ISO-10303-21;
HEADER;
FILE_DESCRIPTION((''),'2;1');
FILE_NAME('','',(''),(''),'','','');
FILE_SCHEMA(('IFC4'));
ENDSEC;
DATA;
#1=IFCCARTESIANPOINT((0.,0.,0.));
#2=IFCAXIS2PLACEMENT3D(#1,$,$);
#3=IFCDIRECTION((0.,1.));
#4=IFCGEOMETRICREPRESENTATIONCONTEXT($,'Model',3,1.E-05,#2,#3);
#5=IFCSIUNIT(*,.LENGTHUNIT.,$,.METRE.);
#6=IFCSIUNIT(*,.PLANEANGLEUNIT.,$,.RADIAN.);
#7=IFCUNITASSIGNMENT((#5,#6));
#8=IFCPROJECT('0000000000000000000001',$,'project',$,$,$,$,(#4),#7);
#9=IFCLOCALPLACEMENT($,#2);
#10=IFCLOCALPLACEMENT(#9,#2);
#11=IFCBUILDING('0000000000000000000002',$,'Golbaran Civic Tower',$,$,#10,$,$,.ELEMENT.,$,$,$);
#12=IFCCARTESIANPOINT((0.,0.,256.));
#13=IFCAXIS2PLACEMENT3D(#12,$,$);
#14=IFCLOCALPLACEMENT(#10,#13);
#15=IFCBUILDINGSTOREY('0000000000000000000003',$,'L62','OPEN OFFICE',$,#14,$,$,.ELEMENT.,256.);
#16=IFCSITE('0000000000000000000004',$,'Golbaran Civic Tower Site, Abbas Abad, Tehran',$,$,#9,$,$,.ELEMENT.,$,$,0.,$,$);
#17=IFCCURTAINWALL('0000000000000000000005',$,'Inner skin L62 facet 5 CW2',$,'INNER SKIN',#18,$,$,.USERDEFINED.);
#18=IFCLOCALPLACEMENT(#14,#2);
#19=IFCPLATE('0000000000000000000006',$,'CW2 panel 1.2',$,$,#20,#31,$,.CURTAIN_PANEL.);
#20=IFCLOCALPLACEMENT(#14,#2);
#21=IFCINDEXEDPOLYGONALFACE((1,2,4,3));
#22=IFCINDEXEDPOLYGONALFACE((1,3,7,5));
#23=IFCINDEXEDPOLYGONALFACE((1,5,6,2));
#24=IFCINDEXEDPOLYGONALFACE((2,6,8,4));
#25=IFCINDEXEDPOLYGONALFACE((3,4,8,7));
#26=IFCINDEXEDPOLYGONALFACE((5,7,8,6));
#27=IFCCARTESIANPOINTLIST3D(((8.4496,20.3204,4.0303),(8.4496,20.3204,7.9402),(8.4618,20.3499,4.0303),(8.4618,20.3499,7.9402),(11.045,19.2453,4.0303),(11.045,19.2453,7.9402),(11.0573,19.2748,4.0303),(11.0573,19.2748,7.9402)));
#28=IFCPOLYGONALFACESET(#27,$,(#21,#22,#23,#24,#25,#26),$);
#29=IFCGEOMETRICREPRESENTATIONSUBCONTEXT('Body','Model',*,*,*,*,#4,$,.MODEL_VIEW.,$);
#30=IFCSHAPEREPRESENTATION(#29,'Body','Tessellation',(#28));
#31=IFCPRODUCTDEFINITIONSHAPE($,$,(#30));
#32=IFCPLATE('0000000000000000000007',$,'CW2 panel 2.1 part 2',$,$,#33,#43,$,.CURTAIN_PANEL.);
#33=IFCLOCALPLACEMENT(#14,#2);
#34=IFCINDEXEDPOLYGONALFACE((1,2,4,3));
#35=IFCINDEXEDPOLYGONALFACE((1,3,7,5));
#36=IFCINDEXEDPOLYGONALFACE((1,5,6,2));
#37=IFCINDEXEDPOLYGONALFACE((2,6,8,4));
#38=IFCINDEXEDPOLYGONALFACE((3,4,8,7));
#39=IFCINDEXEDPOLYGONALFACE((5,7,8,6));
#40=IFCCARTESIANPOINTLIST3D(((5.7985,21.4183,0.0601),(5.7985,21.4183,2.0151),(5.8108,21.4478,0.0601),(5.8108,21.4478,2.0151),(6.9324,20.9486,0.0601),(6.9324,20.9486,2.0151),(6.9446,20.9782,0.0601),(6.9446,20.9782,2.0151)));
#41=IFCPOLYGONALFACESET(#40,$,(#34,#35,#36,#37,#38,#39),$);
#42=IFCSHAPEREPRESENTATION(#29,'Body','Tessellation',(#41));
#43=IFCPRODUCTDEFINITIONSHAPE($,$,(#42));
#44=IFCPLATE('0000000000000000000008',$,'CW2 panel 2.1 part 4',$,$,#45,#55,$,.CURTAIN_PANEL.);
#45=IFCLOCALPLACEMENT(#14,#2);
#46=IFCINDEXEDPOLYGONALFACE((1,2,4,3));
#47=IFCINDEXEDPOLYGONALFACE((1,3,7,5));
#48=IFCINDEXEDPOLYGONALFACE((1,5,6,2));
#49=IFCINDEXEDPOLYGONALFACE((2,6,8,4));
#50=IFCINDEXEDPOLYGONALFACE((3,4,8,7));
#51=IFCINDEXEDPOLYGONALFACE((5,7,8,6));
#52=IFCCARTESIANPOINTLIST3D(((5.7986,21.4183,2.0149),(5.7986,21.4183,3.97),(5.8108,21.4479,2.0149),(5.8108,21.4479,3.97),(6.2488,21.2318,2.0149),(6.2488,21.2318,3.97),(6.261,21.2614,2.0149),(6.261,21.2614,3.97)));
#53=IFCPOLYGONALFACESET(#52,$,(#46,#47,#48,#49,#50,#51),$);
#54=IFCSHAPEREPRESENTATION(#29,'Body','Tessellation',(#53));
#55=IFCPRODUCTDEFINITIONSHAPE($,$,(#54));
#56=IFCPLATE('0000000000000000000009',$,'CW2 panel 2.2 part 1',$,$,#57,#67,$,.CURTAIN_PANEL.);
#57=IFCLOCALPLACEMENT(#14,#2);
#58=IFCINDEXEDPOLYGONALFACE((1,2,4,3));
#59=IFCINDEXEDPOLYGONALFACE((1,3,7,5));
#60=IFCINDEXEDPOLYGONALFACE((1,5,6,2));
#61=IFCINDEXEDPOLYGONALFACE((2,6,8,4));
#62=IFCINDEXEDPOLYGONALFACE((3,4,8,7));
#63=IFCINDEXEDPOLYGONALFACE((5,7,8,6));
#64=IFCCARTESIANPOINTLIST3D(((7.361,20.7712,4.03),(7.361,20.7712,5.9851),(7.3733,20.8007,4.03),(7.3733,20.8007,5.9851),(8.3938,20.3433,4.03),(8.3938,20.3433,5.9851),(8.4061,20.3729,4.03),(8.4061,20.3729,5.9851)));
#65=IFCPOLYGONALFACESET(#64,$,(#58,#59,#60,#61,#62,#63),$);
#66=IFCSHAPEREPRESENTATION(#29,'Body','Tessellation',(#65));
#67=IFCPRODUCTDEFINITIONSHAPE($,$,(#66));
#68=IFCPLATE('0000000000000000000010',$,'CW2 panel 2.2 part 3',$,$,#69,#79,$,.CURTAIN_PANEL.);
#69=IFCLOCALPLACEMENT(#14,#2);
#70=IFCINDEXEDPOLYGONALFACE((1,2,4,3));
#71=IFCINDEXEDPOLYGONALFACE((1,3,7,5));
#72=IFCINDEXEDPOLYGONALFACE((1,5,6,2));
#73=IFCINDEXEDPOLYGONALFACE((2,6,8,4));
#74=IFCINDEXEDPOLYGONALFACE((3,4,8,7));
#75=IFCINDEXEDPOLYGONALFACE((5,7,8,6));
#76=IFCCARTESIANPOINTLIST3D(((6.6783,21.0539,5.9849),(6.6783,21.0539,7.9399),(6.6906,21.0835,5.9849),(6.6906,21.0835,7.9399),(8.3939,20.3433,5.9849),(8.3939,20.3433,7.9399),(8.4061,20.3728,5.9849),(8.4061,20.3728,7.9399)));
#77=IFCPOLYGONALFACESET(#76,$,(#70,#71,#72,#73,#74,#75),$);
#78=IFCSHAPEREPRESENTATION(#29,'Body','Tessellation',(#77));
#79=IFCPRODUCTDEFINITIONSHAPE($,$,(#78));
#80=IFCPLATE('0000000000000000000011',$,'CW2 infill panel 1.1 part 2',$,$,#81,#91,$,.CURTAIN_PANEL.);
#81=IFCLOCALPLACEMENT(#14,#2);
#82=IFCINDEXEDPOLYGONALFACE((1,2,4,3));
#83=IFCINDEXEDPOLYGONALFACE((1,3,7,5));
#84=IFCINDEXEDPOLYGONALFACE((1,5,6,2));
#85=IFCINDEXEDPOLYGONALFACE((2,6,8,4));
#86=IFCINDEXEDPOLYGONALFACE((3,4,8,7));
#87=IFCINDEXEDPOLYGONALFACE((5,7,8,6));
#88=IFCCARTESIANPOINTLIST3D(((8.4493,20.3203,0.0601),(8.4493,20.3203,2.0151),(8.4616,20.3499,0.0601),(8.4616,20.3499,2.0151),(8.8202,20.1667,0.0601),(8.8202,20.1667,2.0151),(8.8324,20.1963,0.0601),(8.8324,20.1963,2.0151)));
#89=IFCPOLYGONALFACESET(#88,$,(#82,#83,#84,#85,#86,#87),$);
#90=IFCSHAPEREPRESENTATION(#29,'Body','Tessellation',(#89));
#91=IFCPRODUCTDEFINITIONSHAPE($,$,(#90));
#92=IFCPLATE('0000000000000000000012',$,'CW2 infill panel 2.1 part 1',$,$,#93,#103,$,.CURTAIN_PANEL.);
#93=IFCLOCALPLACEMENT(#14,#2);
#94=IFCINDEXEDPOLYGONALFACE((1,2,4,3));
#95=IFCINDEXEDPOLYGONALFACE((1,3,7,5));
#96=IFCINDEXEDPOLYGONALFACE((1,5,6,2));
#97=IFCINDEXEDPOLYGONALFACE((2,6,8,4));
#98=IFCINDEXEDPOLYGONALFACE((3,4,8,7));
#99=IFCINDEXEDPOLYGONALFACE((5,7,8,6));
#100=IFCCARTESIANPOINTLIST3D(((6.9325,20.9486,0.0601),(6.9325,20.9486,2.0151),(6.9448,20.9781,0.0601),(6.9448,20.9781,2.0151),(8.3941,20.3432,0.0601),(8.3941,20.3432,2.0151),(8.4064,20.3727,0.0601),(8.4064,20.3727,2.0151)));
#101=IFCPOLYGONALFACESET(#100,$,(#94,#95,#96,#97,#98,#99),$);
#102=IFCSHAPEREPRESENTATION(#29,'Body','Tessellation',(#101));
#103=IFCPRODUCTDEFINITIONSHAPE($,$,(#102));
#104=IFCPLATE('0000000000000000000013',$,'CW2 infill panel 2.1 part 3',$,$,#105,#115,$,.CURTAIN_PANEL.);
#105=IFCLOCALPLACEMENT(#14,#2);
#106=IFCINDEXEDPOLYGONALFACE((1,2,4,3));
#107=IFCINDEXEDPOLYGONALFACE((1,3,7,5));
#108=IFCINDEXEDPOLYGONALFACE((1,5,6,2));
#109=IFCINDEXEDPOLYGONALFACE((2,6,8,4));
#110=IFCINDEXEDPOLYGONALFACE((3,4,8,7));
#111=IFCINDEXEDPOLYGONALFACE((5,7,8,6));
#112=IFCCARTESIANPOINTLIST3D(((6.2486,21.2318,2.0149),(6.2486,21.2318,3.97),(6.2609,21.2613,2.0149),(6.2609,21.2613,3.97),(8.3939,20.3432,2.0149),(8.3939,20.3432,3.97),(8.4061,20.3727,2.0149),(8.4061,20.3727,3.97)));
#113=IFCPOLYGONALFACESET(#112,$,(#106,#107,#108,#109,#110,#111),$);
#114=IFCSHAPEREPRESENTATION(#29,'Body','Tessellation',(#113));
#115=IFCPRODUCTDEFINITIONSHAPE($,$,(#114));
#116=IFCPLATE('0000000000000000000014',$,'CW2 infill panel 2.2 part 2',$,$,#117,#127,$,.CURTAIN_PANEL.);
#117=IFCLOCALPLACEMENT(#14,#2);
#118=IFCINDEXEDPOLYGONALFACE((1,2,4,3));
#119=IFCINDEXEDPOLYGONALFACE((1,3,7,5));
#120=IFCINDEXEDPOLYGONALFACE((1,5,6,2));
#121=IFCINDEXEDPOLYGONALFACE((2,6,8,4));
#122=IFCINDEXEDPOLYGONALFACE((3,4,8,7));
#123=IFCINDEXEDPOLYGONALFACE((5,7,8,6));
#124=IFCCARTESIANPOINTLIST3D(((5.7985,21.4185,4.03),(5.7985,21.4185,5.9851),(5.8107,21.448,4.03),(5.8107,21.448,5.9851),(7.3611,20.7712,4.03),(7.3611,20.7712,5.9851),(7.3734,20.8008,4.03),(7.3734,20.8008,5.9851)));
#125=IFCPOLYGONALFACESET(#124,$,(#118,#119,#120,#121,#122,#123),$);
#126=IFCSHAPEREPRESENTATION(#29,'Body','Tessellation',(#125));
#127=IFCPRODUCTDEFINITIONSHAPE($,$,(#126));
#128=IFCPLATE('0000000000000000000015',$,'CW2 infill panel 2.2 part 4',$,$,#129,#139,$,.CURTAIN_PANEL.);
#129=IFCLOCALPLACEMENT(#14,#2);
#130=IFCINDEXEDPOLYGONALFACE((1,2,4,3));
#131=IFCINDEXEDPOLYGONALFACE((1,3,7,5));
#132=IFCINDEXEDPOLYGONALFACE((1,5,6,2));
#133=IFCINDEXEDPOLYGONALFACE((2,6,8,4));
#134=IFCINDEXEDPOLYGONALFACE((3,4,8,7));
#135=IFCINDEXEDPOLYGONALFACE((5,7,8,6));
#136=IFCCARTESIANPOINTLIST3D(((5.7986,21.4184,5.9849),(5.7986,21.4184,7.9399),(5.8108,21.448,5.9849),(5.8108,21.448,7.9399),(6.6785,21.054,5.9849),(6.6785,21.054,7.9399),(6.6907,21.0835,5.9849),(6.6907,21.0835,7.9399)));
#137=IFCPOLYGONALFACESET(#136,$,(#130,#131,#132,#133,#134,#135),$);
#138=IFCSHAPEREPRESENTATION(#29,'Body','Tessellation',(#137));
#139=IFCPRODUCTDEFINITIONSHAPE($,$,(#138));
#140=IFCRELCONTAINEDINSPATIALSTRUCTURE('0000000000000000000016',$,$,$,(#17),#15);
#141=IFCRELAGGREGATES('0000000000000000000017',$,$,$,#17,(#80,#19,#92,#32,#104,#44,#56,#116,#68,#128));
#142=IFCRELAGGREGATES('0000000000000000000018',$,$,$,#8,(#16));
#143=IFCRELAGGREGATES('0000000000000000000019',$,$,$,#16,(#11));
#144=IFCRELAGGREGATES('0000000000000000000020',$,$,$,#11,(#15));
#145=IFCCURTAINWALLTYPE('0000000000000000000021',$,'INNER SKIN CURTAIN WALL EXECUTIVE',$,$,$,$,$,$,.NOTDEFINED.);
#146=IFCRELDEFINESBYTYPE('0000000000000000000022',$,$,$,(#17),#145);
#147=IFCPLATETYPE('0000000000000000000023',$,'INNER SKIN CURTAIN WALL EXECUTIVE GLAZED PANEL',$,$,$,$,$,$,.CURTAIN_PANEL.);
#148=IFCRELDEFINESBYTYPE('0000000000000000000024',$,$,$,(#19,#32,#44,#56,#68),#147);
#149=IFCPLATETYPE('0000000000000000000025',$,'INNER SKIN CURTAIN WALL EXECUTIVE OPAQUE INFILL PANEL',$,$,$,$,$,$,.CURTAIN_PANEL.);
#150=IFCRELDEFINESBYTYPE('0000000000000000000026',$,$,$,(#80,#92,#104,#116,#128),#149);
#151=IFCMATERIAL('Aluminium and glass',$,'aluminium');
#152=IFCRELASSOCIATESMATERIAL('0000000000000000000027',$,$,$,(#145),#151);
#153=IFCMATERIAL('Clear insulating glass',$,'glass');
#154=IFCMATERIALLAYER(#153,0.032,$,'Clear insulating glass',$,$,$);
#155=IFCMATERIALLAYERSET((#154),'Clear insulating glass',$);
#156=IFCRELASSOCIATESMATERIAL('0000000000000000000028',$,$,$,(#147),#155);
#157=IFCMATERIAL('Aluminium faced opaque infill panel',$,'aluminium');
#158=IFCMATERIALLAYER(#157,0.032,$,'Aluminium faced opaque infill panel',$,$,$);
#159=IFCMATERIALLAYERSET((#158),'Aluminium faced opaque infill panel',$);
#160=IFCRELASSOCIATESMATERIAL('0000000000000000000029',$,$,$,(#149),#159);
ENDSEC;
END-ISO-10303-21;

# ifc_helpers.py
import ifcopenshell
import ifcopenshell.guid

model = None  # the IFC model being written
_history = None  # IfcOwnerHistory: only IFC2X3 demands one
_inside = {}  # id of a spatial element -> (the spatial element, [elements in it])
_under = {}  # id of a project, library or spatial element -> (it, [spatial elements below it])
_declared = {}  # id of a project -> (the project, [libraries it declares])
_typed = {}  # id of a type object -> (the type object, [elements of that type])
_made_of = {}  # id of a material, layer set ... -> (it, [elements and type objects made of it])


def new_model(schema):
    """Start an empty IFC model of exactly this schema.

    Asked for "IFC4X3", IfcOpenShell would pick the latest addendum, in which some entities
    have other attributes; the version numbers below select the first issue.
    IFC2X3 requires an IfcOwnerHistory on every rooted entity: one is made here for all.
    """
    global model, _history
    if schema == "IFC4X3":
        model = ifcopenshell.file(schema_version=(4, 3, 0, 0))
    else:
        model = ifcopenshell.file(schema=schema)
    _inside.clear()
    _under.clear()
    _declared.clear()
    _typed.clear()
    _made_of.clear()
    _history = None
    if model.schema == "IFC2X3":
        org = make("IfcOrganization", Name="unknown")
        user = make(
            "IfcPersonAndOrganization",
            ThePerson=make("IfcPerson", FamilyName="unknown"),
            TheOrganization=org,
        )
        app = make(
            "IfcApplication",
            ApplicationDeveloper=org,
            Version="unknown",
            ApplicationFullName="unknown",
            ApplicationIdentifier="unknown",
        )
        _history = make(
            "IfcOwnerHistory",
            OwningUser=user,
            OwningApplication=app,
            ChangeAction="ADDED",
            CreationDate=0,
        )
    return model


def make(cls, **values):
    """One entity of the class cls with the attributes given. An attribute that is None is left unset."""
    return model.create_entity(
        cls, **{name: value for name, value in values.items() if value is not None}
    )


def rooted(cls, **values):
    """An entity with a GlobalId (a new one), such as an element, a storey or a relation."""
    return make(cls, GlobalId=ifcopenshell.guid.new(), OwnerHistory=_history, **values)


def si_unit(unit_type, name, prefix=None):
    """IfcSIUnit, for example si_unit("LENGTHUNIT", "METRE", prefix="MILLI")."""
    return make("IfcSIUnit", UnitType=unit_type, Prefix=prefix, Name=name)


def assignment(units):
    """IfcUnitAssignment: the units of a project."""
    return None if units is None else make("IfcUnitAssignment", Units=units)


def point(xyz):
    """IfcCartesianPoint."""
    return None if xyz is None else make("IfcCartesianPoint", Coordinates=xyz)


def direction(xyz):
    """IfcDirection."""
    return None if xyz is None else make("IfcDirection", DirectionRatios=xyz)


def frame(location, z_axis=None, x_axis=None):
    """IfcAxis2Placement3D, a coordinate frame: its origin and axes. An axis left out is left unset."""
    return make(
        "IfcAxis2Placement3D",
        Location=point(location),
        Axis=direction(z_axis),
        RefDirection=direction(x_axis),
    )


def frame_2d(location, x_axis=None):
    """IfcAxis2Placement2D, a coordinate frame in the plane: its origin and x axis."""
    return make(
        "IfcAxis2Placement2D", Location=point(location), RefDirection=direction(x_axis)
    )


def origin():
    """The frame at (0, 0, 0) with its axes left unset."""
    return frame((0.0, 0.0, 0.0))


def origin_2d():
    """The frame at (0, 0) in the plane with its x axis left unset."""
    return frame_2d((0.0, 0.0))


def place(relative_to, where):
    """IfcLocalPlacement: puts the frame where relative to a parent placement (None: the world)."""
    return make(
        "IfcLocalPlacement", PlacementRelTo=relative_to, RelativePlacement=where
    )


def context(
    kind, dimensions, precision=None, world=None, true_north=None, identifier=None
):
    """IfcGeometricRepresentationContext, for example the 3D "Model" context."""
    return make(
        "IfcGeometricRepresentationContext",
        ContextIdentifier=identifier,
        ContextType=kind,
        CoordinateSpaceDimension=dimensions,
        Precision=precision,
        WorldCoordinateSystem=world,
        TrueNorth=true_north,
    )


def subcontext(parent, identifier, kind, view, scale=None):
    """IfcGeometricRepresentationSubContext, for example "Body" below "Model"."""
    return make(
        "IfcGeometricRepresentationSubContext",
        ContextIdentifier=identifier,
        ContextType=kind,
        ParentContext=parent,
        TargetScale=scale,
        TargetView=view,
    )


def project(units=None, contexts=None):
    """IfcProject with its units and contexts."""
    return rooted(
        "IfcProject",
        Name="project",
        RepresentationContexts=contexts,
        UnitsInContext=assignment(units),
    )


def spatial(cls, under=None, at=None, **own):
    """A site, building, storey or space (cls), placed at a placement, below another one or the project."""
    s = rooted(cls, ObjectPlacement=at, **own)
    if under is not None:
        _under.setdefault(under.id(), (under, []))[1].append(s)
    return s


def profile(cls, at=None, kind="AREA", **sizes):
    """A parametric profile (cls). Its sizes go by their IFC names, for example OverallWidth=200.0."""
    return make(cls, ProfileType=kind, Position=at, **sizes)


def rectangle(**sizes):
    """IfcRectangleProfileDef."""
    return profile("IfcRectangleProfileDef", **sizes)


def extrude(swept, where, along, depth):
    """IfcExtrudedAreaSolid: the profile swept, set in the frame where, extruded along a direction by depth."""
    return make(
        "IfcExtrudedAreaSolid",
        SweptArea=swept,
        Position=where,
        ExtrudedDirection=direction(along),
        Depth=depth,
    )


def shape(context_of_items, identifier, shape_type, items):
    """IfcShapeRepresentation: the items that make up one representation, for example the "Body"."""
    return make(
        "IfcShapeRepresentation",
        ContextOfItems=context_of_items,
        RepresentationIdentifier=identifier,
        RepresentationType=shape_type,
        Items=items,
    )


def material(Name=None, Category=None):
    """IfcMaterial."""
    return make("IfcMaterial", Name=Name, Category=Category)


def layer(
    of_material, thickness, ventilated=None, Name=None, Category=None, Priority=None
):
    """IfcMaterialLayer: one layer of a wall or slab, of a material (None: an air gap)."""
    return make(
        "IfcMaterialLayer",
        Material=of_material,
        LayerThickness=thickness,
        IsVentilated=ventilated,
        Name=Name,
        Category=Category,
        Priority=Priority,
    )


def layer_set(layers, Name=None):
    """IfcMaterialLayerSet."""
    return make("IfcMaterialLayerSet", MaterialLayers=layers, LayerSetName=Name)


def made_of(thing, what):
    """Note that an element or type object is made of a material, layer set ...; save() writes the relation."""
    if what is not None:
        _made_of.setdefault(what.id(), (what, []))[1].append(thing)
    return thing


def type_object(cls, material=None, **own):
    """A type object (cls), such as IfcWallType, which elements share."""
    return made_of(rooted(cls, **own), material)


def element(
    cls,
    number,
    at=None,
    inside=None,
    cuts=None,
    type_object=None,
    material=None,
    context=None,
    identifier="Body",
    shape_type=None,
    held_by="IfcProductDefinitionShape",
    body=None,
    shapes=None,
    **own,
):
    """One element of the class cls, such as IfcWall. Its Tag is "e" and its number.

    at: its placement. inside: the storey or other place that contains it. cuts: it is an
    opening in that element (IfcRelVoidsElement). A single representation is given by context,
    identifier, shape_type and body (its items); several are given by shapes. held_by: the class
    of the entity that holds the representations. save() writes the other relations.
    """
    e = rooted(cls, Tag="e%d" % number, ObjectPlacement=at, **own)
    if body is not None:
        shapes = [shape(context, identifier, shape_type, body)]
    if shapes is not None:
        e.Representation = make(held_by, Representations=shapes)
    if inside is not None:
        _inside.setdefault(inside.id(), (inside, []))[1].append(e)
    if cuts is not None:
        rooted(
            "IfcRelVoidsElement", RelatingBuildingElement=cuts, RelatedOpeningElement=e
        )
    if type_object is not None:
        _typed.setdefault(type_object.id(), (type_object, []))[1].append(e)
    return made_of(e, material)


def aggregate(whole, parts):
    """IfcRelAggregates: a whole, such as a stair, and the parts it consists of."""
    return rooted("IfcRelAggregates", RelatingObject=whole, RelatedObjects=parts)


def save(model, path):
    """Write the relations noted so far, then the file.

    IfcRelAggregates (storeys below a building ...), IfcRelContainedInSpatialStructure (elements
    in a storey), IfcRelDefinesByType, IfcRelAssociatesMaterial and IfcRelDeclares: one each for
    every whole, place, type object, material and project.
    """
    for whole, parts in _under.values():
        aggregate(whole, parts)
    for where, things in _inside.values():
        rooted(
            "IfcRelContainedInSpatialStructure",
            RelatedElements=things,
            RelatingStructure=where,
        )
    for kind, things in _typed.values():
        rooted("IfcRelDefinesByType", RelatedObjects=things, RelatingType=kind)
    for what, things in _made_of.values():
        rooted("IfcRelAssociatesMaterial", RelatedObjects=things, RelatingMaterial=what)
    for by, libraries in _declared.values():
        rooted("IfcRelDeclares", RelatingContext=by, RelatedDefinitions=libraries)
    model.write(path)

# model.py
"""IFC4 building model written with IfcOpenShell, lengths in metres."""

from ifc_helpers import new_model, si_unit, direction, frame, origin, origin_2d, place, context, subcontext, project, spatial, rectangle, extrude, material, layer, layer_set, type_object, element, aggregate, save


model = new_model("IFC4")

# Units and contexts
model_context = context("Model", 3, precision=1e-05, world=origin(), true_north=direction((0.0, 1.0)))
body_context = subcontext(model_context, "Body", "Model", "MODEL_VIEW")
ifc_project = project(units=[si_unit("LENGTHUNIT", "METRE"), si_unit("PLANEANGLEUNIT", "RADIAN")], contexts=[model_context])

# Site, building, storey
site_placement = place(None, origin())
site = spatial("IfcSite", under=ifc_project, at=site_placement, Name="Golbaran Civic Tower Site, Abbas Abad, Tehran", CompositionType="ELEMENT", RefElevation=0.0)
building_placement = place(site_placement, origin())
building = spatial("IfcBuilding", under=site, at=building_placement, Name="Golbaran Civic Tower", CompositionType="ELEMENT")
storey_placement = place(building_placement, frame((0.0, 0.0, 256.0)))
storey = spatial("IfcBuildingStorey", under=building, at=storey_placement, Name="L62", Description="OPEN OFFICE", CompositionType="ELEMENT", Elevation=256.0)

# Curtain wall
ifc_material_1 = material(Name="Aluminium and glass", Category="aluminium")
curtain_wall_type = type_object("IfcCurtainWallType", Name="INNER SKIN CURTAIN WALL EXECUTIVE", PredefinedType="NOTDEFINED", material=ifc_material_1)
curtain_wall_1_placement = place(storey_placement, origin())
curtain_wall_1 = element("IfcCurtainWall", 1, at=curtain_wall_1_placement, inside=storey, type_object=curtain_wall_type, Name="Inner skin L62 facet 5 CW2", ObjectType="INNER SKIN", PredefinedType="USERDEFINED")

# Plates
ifc_material_2 = material(Name="Clear insulating glass", Category="glass")
ifc_layer_1 = layer(ifc_material_2, 0.032, Name="Clear insulating glass")
ifc_layer_set_1 = layer_set([ifc_layer_1], Name="Clear insulating glass")
plate_type_1 = type_object("IfcPlateType", Name="INNER SKIN CURTAIN WALL EXECUTIVE GLAZED PANEL", PredefinedType="CURTAIN_PANEL", material=ifc_layer_set_1)
plate_1_placement = place(storey_placement, frame((9.7534, 19.7976, 4.0303), z_axis=(0.0, 0.0, 1.0), x_axis=(-0.92388, 0.382683, 0.0)))
plate_1 = element("IfcPlate", 2, at=plate_1_placement, type_object=plate_type_1, Name="CW2 panel 1.2", PredefinedType="CURTAIN_PANEL", context=body_context, shape_type="SweptSolid", body=[
    extrude(rectangle(XDim=2.8093, YDim=0.032, at=origin_2d()), origin(), (0.0, 0.0, 1.0), 3.9099),
])
plate_2_placement = place(storey_placement, frame((6.3716, 21.1982, 0.0601), z_axis=(0.0, 0.0, 1.0), x_axis=(-0.92388, 0.382683, 0.0)))
plate_2 = element("IfcPlate", 3, at=plate_2_placement, type_object=plate_type_1, Name="CW2 panel 2.1 part 2", PredefinedType="CURTAIN_PANEL", context=body_context, shape_type="SweptSolid", body=[
    extrude(rectangle(XDim=1.2273, YDim=0.032, at=origin_2d()), origin(), (0.0, 0.0, 1.0), 1.9551),
])
plate_3_placement = place(storey_placement, frame((6.0298, 21.3398, 2.0149), z_axis=(0.0, 0.0, 1.0), x_axis=(-0.92388, 0.382683, 0.0)))
plate_3 = element("IfcPlate", 4, at=plate_3_placement, type_object=plate_type_1, Name="CW2 panel 2.1 part 4", PredefinedType="CURTAIN_PANEL", context=body_context, shape_type="SweptSolid", body=[
    extrude(rectangle(XDim=0.4873, YDim=0.032, at=origin_2d()), origin(), (0.0, 0.0, 1.0), 1.9551),
])
plate_4_placement = place(storey_placement, frame((7.8835, 20.572, 4.03), z_axis=(0.0, 0.0, 1.0), x_axis=(-0.92388, 0.382683, 0.0)))
plate_4 = element("IfcPlate", 5, at=plate_4_placement, type_object=plate_type_1, Name="CW2 panel 2.2 part 1", PredefinedType="CURTAIN_PANEL", context=body_context, shape_type="SweptSolid", body=[
    extrude(rectangle(XDim=1.1179, YDim=0.032, at=origin_2d()), origin(), (0.0, 0.0, 1.0), 1.9551),
])
plate_5_placement = place(storey_placement, frame((7.5422, 20.7134, 5.9849), z_axis=(0.0, 0.0, 1.0), x_axis=(-0.92388, 0.382683, 0.0)))
plate_5 = element("IfcPlate", 6, at=plate_5_placement, type_object=plate_type_1, Name="CW2 panel 2.2 part 3", PredefinedType="CURTAIN_PANEL", context=body_context, shape_type="SweptSolid", body=[
    extrude(rectangle(XDim=1.8569, YDim=0.032, at=origin_2d()), origin(), (0.0, 0.0, 1.0), 1.9551),
])
ifc_material_3 = material(Name="Aluminium faced opaque infill panel", Category="aluminium")
ifc_layer_2 = layer(ifc_material_3, 0.032, Name="Aluminium faced opaque infill panel")
ifc_layer_set_2 = layer_set([ifc_layer_2], Name="Aluminium faced opaque infill panel")
plate_type_2 = type_object("IfcPlateType", Name="INNER SKIN CURTAIN WALL EXECUTIVE OPAQUE INFILL PANEL", PredefinedType="CURTAIN_PANEL", material=ifc_layer_set_2)
plate_6_placement = place(storey_placement, frame((8.6409, 20.2583, 0.0601), z_axis=(0.0, 0.0, 1.0), x_axis=(-0.92388, 0.382683, 0.0)))
plate_6 = element("IfcPlate", 7, at=plate_6_placement, type_object=plate_type_2, Name="CW2 infill panel 1.1 part 2", PredefinedType="CURTAIN_PANEL", context=body_context, shape_type="SweptSolid", body=[
    extrude(rectangle(XDim=0.4014, YDim=0.032, at=origin_2d()), origin(), (0.0, 0.0, 1.0), 1.9551),
])
plate_7_placement = place(storey_placement, frame((7.6694, 20.6606, 0.0601), z_axis=(0.0, 0.0, 1.0), x_axis=(-0.92388, 0.382683, 0.0)))
plate_7 = element("IfcPlate", 8, at=plate_7_placement, type_object=plate_type_2, Name="CW2 infill panel 2.1 part 1", PredefinedType="CURTAIN_PANEL", context=body_context, shape_type="SweptSolid", body=[
    extrude(rectangle(XDim=1.582, YDim=0.032, at=origin_2d()), origin(), (0.0, 0.0, 1.0), 1.9551),
])
plate_8_placement = place(storey_placement, frame((7.3274, 20.8022, 2.0149), z_axis=(0.0, 0.0, 1.0), x_axis=(-0.92388, 0.382683, 0.0)))
plate_8 = element("IfcPlate", 9, at=plate_8_placement, type_object=plate_type_2, Name="CW2 infill panel 2.1 part 3", PredefinedType="CURTAIN_PANEL", context=body_context, shape_type="SweptSolid", body=[
    extrude(rectangle(XDim=2.322, YDim=0.032, at=origin_2d()), origin(), (0.0, 0.0, 1.0), 1.9551),
])
plate_9_placement = place(storey_placement, frame((6.5859, 21.1096, 4.03), z_axis=(0.0, 0.0, 1.0), x_axis=(-0.92388, 0.382683, 0.0)))
plate_9 = element("IfcPlate", 10, at=plate_9_placement, type_object=plate_type_2, Name="CW2 infill panel 2.2 part 2", PredefinedType="CURTAIN_PANEL", context=body_context, shape_type="SweptSolid", body=[
    extrude(rectangle(XDim=1.6914, YDim=0.032, at=origin_2d()), origin(), (0.0, 0.0, 1.0), 1.9551),
])
plate_10_placement = place(storey_placement, frame((6.2446, 21.251, 5.9849), z_axis=(0.0, 0.0, 1.0), x_axis=(-0.92388, 0.382683, 0.0)))
plate_10 = element("IfcPlate", 11, at=plate_10_placement, type_object=plate_type_2, Name="CW2 infill panel 2.2 part 4", PredefinedType="CURTAIN_PANEL", context=body_context, shape_type="SweptSolid", body=[
    extrude(rectangle(XDim=0.9524, YDim=0.032, at=origin_2d()), origin(), (0.0, 0.0, 1.0), 1.9551),
])
aggregate(curtain_wall_1, [plate_6, plate_1, plate_7, plate_2, plate_8, plate_3, plate_4, plate_9, plate_5, plate_10])

save(model, "model.ifc")
